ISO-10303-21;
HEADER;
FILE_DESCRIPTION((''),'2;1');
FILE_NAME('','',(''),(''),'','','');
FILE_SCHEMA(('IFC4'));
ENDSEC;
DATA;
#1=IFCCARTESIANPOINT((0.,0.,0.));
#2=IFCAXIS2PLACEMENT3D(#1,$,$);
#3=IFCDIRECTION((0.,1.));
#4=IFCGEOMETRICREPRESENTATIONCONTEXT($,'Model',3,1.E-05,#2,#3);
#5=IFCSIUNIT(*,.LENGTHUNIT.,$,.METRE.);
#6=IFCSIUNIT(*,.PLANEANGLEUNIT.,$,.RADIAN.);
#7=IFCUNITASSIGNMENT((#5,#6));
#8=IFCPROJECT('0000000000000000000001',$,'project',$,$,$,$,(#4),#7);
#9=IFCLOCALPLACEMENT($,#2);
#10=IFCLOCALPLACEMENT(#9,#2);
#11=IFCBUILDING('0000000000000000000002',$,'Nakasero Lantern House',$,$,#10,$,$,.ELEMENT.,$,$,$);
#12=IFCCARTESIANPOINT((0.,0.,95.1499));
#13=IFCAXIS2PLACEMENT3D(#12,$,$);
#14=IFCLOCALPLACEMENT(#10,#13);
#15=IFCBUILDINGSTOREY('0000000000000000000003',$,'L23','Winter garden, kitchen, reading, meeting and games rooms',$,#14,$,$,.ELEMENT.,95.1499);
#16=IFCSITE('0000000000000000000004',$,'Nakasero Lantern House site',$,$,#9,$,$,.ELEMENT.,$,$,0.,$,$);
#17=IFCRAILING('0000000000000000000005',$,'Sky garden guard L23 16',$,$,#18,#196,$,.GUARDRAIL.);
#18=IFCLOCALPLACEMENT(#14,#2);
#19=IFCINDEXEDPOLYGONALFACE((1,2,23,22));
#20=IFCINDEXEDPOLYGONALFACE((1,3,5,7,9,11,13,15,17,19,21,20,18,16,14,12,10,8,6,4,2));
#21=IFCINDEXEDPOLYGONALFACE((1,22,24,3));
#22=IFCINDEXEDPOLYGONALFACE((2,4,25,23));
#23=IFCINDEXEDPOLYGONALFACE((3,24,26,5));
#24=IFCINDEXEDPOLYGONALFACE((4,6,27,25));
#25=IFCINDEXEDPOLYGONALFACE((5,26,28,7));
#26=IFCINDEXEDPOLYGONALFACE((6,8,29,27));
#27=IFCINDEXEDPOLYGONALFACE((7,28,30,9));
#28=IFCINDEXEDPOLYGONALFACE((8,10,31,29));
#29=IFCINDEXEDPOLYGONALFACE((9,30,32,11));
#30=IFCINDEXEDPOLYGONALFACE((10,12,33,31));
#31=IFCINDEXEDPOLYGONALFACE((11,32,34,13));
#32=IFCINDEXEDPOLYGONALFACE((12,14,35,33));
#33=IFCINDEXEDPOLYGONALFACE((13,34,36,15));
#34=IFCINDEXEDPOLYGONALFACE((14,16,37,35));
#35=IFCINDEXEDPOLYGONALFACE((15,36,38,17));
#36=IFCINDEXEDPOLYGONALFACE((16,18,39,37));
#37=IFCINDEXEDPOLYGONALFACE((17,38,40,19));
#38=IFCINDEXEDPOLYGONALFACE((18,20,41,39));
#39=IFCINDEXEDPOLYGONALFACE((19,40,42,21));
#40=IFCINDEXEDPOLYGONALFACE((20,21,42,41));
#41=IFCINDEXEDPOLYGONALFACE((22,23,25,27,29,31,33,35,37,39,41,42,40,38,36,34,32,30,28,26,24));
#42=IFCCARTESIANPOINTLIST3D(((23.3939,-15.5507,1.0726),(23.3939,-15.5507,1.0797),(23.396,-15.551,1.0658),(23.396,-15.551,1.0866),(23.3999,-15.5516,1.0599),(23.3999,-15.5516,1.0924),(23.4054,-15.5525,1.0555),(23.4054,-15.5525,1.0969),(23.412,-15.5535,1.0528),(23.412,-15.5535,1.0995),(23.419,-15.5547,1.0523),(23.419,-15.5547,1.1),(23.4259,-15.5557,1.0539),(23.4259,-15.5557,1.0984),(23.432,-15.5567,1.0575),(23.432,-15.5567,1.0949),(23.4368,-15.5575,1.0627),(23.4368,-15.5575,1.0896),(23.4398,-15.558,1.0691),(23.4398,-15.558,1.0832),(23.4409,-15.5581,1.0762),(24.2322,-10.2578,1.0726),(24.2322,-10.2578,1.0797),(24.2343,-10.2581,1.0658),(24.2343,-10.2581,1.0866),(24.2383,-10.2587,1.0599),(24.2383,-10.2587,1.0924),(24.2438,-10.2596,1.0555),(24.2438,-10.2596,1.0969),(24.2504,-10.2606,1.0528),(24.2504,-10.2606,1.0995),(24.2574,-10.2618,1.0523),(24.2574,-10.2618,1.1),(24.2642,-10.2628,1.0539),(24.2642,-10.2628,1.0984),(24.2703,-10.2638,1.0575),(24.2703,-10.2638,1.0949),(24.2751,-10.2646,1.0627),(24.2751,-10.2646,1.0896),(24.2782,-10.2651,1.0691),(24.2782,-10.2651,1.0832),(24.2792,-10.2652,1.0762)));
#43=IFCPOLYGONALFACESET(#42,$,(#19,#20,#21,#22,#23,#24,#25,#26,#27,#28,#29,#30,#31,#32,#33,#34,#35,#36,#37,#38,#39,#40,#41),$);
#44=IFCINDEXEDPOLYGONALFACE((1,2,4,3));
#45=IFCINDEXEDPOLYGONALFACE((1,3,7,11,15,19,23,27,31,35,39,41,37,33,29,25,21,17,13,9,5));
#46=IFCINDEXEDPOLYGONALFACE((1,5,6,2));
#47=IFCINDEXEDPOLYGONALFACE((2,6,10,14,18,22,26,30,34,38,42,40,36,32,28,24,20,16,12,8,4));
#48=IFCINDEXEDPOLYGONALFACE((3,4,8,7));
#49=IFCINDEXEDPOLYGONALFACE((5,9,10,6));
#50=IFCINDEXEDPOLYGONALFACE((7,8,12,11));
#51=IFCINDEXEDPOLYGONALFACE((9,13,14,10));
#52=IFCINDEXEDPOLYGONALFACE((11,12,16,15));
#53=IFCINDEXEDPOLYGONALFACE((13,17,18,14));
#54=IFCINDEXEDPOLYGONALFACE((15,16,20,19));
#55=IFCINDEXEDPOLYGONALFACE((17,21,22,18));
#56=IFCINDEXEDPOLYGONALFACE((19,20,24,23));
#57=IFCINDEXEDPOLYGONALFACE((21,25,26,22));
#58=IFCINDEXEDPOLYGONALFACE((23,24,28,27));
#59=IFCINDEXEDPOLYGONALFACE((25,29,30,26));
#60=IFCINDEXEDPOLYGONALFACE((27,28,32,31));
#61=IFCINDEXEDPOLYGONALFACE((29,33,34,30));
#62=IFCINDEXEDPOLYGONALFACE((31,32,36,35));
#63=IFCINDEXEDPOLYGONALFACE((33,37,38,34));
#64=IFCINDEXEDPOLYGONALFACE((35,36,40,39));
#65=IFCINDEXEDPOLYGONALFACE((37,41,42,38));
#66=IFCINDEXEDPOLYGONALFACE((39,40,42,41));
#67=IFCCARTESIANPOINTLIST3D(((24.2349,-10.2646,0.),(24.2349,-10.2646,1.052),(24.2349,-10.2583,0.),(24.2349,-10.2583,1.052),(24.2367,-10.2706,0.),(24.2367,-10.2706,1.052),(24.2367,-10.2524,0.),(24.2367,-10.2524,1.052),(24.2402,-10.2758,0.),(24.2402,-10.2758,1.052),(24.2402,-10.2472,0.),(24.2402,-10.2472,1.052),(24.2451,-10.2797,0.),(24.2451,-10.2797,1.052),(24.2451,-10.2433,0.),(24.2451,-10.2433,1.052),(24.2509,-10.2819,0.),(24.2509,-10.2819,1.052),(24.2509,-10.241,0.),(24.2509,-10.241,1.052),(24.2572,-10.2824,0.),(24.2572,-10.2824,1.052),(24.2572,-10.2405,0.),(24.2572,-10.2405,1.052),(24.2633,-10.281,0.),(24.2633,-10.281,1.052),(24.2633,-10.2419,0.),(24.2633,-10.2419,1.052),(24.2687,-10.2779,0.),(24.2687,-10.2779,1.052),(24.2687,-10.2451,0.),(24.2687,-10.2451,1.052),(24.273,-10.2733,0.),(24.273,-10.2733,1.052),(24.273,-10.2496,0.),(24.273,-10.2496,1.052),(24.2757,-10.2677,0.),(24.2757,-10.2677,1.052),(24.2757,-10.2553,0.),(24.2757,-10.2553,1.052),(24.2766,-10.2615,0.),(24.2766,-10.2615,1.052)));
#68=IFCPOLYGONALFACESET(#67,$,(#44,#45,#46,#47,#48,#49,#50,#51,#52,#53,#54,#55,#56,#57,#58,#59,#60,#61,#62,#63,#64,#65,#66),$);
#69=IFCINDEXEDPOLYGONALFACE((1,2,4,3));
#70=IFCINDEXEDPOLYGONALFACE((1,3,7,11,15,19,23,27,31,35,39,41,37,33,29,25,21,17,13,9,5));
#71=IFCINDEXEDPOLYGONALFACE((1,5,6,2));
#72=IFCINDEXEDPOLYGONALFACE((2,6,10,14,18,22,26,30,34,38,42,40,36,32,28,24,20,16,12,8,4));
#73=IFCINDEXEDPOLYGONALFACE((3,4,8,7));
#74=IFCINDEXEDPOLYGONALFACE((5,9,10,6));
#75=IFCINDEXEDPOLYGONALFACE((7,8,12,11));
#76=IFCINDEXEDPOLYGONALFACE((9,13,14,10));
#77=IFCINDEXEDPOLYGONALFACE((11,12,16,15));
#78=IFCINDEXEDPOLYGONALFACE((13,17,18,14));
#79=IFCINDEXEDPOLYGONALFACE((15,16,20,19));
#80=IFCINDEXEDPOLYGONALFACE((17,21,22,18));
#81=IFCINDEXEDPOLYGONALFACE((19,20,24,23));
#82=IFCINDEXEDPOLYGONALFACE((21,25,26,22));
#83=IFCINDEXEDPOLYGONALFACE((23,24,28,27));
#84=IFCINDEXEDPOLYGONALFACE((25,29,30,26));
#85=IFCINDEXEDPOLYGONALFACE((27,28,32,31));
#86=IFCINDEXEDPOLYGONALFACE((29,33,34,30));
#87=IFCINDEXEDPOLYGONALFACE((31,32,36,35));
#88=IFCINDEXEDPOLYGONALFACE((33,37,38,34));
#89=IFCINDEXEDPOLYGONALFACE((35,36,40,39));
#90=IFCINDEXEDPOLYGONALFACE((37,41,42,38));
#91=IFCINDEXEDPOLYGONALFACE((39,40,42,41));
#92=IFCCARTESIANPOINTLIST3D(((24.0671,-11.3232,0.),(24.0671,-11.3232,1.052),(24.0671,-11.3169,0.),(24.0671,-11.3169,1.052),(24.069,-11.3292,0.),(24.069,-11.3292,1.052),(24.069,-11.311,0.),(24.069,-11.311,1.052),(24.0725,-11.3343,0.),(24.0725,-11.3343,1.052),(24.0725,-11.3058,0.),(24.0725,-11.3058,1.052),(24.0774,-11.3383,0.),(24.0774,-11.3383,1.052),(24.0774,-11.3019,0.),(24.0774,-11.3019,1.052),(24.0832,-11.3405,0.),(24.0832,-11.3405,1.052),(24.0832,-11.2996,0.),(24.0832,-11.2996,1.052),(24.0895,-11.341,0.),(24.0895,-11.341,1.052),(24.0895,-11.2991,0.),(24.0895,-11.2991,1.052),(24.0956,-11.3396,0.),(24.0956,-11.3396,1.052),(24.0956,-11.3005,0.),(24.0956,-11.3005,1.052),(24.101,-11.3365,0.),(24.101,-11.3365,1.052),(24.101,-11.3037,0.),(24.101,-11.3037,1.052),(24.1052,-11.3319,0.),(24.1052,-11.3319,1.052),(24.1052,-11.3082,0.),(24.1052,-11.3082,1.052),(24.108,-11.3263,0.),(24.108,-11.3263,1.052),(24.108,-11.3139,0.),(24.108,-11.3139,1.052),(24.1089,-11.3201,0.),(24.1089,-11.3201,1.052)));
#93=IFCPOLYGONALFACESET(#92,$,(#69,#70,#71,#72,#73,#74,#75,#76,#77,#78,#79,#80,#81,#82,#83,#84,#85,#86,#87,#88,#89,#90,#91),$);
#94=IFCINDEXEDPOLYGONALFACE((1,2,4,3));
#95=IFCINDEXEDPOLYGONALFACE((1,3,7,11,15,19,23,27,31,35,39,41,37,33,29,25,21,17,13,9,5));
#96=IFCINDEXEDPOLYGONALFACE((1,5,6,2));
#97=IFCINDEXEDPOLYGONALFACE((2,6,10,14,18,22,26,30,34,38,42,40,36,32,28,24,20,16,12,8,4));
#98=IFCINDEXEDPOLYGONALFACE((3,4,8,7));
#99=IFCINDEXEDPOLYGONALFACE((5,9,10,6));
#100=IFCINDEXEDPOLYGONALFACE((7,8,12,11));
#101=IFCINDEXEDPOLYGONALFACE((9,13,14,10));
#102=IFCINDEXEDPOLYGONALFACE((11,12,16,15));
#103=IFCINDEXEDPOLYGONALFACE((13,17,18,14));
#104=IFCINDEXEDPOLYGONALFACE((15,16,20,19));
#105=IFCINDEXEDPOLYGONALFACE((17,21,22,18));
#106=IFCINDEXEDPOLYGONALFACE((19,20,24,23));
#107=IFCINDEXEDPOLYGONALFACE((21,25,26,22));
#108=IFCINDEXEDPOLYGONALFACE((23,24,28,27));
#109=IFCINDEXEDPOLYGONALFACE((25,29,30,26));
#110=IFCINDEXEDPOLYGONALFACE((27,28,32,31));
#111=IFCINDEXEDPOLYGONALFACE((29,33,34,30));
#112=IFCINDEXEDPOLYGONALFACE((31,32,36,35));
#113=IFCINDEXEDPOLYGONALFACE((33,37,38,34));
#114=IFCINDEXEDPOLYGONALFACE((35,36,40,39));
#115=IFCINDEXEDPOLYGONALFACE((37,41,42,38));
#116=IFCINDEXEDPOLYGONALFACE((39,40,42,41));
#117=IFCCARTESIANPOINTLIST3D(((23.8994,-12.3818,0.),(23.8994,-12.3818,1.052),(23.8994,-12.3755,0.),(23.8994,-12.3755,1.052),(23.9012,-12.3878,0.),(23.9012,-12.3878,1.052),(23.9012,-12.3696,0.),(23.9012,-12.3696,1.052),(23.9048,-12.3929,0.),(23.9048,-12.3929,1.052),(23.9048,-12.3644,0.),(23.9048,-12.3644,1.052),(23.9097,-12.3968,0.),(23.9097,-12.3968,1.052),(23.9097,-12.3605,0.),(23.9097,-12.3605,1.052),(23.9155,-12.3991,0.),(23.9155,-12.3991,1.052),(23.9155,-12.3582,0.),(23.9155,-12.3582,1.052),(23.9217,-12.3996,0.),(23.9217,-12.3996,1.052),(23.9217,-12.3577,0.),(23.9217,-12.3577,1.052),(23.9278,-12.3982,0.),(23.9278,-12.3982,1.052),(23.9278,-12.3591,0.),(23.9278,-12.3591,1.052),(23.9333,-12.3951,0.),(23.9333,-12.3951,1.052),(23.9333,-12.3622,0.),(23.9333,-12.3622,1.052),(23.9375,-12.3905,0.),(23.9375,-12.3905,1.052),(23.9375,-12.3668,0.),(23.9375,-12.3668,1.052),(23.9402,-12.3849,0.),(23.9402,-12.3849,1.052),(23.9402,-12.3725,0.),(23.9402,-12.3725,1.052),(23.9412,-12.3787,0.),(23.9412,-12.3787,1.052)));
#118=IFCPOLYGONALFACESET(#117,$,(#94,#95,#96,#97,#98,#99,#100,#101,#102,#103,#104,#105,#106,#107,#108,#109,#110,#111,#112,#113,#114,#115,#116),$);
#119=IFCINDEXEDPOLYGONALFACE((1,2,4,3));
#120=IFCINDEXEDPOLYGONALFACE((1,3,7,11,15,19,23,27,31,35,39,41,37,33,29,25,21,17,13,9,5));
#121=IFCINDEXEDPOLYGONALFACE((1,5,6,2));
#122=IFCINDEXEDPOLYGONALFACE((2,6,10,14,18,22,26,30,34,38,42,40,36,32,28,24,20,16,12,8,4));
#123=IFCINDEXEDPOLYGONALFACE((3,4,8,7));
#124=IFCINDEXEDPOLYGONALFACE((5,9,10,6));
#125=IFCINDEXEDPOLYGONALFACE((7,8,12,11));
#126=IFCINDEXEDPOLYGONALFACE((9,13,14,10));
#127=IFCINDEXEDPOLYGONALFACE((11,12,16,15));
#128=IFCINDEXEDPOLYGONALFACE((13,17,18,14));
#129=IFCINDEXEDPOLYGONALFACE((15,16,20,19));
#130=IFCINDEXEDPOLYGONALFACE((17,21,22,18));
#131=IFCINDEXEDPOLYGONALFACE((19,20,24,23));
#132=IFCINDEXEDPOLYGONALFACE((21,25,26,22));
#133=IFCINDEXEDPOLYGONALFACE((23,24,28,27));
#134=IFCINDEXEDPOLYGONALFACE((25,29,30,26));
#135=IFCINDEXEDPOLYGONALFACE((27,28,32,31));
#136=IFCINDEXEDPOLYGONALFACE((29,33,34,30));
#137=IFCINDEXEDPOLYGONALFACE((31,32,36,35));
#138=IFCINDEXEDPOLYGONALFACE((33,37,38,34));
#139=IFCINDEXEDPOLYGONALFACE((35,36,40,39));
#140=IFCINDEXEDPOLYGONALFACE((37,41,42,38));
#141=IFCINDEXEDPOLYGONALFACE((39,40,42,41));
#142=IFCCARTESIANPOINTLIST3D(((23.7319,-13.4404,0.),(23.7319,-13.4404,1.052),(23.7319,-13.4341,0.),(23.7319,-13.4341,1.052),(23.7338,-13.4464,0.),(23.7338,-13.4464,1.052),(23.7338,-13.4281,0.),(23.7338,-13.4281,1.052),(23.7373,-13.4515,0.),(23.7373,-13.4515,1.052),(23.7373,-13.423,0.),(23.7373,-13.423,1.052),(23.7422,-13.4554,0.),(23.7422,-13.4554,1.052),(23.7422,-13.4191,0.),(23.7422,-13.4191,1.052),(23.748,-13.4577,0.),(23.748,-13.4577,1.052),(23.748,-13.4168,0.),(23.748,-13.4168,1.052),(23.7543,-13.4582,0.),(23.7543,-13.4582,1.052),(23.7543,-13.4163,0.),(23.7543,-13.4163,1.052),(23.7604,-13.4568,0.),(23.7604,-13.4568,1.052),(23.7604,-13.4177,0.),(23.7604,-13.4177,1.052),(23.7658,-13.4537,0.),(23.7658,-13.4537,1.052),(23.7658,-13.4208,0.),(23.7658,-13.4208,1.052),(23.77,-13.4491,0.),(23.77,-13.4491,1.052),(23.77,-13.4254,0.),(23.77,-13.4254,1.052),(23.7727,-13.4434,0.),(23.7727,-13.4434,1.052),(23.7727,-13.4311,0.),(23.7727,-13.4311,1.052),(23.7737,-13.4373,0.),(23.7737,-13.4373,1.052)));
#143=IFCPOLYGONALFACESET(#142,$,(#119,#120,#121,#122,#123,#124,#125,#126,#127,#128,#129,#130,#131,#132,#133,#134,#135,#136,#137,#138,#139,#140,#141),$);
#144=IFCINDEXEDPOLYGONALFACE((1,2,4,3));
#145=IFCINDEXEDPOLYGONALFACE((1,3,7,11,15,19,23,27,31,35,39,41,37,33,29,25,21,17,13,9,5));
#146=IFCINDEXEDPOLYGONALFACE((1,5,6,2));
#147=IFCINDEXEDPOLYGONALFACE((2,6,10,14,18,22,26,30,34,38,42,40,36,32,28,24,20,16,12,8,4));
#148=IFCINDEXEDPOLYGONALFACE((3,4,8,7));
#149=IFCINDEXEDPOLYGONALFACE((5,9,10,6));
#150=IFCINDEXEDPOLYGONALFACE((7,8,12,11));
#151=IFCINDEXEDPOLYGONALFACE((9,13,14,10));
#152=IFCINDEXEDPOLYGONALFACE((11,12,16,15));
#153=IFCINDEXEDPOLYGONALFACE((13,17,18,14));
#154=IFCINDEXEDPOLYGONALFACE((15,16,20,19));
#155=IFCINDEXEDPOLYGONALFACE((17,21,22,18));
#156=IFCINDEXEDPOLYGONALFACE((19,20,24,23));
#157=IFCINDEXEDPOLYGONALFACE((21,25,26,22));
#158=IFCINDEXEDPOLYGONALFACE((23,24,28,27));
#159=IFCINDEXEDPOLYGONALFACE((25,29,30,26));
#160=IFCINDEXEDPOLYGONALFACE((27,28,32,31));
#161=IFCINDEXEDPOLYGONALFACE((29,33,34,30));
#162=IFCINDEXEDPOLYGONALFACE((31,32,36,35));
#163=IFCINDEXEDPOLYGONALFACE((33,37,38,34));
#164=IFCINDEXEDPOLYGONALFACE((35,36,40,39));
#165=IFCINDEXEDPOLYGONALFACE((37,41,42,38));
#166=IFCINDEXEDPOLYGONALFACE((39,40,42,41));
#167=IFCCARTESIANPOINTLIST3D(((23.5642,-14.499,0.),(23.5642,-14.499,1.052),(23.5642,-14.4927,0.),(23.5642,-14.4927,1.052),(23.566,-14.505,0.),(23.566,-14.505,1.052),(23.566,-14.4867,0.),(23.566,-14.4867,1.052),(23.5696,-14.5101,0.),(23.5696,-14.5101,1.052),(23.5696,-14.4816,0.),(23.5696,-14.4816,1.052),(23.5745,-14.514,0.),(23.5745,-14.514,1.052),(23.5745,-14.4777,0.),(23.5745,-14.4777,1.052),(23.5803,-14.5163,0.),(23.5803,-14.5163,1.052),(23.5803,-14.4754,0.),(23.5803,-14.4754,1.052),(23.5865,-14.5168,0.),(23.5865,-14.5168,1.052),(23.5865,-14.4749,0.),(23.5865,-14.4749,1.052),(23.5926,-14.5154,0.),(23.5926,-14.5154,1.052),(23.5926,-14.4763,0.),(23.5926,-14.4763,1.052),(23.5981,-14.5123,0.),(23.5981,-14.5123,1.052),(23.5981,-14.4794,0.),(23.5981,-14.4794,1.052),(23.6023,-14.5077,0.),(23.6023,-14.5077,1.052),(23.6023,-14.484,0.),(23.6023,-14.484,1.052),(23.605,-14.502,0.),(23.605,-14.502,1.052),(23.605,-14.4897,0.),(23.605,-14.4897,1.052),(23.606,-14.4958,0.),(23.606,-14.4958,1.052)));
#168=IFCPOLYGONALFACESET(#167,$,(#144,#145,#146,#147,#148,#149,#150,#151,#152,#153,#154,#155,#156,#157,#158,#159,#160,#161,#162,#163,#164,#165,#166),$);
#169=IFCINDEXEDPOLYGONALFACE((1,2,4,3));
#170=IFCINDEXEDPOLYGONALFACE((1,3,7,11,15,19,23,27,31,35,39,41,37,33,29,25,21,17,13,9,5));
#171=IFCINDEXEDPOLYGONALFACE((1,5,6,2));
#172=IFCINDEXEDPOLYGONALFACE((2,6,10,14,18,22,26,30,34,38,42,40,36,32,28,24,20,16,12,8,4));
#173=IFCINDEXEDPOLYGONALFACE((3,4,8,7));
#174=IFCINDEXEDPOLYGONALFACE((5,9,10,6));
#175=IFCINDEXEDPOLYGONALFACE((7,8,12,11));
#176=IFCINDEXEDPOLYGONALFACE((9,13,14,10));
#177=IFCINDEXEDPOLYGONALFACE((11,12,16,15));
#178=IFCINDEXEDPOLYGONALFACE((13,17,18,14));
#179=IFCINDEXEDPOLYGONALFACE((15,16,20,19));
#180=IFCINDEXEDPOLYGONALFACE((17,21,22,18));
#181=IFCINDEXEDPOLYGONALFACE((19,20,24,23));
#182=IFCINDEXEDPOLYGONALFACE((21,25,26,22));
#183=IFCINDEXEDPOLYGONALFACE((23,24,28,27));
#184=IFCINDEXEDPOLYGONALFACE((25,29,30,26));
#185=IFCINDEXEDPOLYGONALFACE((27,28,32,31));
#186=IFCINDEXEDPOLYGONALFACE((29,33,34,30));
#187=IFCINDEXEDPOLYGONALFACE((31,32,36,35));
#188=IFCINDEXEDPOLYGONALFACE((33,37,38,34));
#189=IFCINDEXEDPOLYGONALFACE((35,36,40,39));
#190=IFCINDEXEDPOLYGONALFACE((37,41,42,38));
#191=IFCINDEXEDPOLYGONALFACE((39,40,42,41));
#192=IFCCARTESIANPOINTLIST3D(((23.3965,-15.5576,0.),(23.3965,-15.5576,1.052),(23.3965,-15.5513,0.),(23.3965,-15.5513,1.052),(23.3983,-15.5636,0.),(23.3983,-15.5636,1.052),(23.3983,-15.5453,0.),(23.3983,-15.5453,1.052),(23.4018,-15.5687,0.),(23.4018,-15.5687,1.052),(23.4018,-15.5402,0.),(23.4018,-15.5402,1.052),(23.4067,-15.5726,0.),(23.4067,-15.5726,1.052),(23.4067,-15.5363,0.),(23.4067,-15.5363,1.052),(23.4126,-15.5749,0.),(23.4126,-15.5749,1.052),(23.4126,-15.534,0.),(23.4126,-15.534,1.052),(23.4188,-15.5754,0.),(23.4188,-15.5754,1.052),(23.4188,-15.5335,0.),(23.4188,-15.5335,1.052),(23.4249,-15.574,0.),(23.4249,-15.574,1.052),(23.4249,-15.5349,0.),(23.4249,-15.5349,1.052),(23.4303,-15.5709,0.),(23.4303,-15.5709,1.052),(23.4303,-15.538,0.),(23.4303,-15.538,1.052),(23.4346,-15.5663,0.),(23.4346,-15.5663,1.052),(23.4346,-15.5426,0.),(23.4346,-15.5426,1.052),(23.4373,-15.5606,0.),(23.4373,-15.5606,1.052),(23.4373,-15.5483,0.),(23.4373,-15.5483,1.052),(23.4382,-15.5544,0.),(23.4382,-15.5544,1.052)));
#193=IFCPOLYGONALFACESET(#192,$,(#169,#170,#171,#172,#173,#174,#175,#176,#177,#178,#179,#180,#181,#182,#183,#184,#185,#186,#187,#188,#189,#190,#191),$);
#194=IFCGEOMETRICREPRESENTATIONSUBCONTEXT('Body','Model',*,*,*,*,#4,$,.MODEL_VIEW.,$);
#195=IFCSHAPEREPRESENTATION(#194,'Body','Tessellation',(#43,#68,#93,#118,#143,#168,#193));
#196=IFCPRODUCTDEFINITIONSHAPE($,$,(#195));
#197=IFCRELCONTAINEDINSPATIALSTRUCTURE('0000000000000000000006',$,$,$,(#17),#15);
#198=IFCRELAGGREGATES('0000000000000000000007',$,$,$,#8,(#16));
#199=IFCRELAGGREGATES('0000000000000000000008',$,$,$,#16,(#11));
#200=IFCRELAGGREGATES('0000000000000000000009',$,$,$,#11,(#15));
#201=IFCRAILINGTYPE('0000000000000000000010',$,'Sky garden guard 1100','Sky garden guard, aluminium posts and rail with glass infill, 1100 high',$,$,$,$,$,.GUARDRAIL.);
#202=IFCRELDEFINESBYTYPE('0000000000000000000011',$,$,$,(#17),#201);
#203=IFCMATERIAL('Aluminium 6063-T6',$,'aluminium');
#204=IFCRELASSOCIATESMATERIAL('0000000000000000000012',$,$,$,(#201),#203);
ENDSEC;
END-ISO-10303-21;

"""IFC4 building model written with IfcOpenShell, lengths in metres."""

from ifc_helpers import new_model, si_unit, direction, frame, origin, origin_2d, place, context, subcontext, project, spatial, circle, extrude, material, type_object, element, save


model = new_model("IFC4")

# Units and contexts
model_context = context("Model", 3, precision=1e-05, world=origin(), true_north=direction((0.0, 1.0)))
body_context = subcontext(model_context, "Body", "Model", "MODEL_VIEW")
ifc_project = project(units=[si_unit("LENGTHUNIT", "METRE"), si_unit("PLANEANGLEUNIT", "RADIAN")], contexts=[model_context])

# Site, building, storey
site_placement = place(None, origin())
site = spatial("IfcSite", under=ifc_project, at=site_placement, Name="Nakasero Lantern House site", CompositionType="ELEMENT", RefElevation=0.0)
building_placement = place(site_placement, origin())
building = spatial("IfcBuilding", under=site, at=building_placement, Name="Nakasero Lantern House", CompositionType="ELEMENT")
storey_placement = place(building_placement, frame((0.0, 0.0, 95.1499)))
storey = spatial("IfcBuildingStorey", under=building, at=storey_placement, Name="L23", Description="Winter garden, kitchen, reading, meeting and games rooms", CompositionType="ELEMENT", Elevation=95.1499)

# Railing
ifc_material_1 = material(Name="Aluminium 6063-T6", Category="aluminium")
railing_type = type_object("IfcRailingType", Name="Sky garden guard 1100", Description="Sky garden guard, aluminium posts and rail with glass infill, 1100 high", PredefinedType="GUARDRAIL", material=ifc_material_1)
railing_placement = place(storey_placement, frame((24.2556, -10.2615, 0.0)))
element("IfcRailing", 1, at=railing_placement, inside=storey, type_object=railing_type, Name="Sky garden guard L23 16", PredefinedType="GUARDRAIL", context=body_context, shape_type="SweptSolid", body=[
    extrude(circle(Radius=0.0239, at=origin_2d()), frame((0.0, 0.0, 1.0762), z_axis=(-0.156444, -0.987687, 0.0), x_axis=(0.987687, -0.156444, 0.0)), (0.0, 0.0, 1.0), 5.3589),
    extrude(circle(Radius=0.021, at=origin_2d()), origin(), (0.0, 0.0, 1.0), 1.052),
    extrude(circle(Radius=0.021, at=origin_2d()), frame((-0.1677, -1.0586, 0.0)), (0.0, 0.0, 1.0), 1.052),
    extrude(circle(Radius=0.021, at=origin_2d()), frame((-0.3354, -2.1172, 0.0)), (0.0, 0.0, 1.0), 1.052),
    extrude(circle(Radius=0.021, at=origin_2d()), frame((-0.5029, -3.1758, 0.0)), (0.0, 0.0, 1.0), 1.052),
    extrude(circle(Radius=0.021, at=origin_2d()), frame((-0.6707, -4.2344, 0.0)), (0.0, 0.0, 1.0), 1.052),
    extrude(circle(Radius=0.021, at=origin_2d()), frame((-0.8384, -5.293, 0.0)), (0.0, 0.0, 1.0), 1.052),
])

save(model, "model.ifc")
